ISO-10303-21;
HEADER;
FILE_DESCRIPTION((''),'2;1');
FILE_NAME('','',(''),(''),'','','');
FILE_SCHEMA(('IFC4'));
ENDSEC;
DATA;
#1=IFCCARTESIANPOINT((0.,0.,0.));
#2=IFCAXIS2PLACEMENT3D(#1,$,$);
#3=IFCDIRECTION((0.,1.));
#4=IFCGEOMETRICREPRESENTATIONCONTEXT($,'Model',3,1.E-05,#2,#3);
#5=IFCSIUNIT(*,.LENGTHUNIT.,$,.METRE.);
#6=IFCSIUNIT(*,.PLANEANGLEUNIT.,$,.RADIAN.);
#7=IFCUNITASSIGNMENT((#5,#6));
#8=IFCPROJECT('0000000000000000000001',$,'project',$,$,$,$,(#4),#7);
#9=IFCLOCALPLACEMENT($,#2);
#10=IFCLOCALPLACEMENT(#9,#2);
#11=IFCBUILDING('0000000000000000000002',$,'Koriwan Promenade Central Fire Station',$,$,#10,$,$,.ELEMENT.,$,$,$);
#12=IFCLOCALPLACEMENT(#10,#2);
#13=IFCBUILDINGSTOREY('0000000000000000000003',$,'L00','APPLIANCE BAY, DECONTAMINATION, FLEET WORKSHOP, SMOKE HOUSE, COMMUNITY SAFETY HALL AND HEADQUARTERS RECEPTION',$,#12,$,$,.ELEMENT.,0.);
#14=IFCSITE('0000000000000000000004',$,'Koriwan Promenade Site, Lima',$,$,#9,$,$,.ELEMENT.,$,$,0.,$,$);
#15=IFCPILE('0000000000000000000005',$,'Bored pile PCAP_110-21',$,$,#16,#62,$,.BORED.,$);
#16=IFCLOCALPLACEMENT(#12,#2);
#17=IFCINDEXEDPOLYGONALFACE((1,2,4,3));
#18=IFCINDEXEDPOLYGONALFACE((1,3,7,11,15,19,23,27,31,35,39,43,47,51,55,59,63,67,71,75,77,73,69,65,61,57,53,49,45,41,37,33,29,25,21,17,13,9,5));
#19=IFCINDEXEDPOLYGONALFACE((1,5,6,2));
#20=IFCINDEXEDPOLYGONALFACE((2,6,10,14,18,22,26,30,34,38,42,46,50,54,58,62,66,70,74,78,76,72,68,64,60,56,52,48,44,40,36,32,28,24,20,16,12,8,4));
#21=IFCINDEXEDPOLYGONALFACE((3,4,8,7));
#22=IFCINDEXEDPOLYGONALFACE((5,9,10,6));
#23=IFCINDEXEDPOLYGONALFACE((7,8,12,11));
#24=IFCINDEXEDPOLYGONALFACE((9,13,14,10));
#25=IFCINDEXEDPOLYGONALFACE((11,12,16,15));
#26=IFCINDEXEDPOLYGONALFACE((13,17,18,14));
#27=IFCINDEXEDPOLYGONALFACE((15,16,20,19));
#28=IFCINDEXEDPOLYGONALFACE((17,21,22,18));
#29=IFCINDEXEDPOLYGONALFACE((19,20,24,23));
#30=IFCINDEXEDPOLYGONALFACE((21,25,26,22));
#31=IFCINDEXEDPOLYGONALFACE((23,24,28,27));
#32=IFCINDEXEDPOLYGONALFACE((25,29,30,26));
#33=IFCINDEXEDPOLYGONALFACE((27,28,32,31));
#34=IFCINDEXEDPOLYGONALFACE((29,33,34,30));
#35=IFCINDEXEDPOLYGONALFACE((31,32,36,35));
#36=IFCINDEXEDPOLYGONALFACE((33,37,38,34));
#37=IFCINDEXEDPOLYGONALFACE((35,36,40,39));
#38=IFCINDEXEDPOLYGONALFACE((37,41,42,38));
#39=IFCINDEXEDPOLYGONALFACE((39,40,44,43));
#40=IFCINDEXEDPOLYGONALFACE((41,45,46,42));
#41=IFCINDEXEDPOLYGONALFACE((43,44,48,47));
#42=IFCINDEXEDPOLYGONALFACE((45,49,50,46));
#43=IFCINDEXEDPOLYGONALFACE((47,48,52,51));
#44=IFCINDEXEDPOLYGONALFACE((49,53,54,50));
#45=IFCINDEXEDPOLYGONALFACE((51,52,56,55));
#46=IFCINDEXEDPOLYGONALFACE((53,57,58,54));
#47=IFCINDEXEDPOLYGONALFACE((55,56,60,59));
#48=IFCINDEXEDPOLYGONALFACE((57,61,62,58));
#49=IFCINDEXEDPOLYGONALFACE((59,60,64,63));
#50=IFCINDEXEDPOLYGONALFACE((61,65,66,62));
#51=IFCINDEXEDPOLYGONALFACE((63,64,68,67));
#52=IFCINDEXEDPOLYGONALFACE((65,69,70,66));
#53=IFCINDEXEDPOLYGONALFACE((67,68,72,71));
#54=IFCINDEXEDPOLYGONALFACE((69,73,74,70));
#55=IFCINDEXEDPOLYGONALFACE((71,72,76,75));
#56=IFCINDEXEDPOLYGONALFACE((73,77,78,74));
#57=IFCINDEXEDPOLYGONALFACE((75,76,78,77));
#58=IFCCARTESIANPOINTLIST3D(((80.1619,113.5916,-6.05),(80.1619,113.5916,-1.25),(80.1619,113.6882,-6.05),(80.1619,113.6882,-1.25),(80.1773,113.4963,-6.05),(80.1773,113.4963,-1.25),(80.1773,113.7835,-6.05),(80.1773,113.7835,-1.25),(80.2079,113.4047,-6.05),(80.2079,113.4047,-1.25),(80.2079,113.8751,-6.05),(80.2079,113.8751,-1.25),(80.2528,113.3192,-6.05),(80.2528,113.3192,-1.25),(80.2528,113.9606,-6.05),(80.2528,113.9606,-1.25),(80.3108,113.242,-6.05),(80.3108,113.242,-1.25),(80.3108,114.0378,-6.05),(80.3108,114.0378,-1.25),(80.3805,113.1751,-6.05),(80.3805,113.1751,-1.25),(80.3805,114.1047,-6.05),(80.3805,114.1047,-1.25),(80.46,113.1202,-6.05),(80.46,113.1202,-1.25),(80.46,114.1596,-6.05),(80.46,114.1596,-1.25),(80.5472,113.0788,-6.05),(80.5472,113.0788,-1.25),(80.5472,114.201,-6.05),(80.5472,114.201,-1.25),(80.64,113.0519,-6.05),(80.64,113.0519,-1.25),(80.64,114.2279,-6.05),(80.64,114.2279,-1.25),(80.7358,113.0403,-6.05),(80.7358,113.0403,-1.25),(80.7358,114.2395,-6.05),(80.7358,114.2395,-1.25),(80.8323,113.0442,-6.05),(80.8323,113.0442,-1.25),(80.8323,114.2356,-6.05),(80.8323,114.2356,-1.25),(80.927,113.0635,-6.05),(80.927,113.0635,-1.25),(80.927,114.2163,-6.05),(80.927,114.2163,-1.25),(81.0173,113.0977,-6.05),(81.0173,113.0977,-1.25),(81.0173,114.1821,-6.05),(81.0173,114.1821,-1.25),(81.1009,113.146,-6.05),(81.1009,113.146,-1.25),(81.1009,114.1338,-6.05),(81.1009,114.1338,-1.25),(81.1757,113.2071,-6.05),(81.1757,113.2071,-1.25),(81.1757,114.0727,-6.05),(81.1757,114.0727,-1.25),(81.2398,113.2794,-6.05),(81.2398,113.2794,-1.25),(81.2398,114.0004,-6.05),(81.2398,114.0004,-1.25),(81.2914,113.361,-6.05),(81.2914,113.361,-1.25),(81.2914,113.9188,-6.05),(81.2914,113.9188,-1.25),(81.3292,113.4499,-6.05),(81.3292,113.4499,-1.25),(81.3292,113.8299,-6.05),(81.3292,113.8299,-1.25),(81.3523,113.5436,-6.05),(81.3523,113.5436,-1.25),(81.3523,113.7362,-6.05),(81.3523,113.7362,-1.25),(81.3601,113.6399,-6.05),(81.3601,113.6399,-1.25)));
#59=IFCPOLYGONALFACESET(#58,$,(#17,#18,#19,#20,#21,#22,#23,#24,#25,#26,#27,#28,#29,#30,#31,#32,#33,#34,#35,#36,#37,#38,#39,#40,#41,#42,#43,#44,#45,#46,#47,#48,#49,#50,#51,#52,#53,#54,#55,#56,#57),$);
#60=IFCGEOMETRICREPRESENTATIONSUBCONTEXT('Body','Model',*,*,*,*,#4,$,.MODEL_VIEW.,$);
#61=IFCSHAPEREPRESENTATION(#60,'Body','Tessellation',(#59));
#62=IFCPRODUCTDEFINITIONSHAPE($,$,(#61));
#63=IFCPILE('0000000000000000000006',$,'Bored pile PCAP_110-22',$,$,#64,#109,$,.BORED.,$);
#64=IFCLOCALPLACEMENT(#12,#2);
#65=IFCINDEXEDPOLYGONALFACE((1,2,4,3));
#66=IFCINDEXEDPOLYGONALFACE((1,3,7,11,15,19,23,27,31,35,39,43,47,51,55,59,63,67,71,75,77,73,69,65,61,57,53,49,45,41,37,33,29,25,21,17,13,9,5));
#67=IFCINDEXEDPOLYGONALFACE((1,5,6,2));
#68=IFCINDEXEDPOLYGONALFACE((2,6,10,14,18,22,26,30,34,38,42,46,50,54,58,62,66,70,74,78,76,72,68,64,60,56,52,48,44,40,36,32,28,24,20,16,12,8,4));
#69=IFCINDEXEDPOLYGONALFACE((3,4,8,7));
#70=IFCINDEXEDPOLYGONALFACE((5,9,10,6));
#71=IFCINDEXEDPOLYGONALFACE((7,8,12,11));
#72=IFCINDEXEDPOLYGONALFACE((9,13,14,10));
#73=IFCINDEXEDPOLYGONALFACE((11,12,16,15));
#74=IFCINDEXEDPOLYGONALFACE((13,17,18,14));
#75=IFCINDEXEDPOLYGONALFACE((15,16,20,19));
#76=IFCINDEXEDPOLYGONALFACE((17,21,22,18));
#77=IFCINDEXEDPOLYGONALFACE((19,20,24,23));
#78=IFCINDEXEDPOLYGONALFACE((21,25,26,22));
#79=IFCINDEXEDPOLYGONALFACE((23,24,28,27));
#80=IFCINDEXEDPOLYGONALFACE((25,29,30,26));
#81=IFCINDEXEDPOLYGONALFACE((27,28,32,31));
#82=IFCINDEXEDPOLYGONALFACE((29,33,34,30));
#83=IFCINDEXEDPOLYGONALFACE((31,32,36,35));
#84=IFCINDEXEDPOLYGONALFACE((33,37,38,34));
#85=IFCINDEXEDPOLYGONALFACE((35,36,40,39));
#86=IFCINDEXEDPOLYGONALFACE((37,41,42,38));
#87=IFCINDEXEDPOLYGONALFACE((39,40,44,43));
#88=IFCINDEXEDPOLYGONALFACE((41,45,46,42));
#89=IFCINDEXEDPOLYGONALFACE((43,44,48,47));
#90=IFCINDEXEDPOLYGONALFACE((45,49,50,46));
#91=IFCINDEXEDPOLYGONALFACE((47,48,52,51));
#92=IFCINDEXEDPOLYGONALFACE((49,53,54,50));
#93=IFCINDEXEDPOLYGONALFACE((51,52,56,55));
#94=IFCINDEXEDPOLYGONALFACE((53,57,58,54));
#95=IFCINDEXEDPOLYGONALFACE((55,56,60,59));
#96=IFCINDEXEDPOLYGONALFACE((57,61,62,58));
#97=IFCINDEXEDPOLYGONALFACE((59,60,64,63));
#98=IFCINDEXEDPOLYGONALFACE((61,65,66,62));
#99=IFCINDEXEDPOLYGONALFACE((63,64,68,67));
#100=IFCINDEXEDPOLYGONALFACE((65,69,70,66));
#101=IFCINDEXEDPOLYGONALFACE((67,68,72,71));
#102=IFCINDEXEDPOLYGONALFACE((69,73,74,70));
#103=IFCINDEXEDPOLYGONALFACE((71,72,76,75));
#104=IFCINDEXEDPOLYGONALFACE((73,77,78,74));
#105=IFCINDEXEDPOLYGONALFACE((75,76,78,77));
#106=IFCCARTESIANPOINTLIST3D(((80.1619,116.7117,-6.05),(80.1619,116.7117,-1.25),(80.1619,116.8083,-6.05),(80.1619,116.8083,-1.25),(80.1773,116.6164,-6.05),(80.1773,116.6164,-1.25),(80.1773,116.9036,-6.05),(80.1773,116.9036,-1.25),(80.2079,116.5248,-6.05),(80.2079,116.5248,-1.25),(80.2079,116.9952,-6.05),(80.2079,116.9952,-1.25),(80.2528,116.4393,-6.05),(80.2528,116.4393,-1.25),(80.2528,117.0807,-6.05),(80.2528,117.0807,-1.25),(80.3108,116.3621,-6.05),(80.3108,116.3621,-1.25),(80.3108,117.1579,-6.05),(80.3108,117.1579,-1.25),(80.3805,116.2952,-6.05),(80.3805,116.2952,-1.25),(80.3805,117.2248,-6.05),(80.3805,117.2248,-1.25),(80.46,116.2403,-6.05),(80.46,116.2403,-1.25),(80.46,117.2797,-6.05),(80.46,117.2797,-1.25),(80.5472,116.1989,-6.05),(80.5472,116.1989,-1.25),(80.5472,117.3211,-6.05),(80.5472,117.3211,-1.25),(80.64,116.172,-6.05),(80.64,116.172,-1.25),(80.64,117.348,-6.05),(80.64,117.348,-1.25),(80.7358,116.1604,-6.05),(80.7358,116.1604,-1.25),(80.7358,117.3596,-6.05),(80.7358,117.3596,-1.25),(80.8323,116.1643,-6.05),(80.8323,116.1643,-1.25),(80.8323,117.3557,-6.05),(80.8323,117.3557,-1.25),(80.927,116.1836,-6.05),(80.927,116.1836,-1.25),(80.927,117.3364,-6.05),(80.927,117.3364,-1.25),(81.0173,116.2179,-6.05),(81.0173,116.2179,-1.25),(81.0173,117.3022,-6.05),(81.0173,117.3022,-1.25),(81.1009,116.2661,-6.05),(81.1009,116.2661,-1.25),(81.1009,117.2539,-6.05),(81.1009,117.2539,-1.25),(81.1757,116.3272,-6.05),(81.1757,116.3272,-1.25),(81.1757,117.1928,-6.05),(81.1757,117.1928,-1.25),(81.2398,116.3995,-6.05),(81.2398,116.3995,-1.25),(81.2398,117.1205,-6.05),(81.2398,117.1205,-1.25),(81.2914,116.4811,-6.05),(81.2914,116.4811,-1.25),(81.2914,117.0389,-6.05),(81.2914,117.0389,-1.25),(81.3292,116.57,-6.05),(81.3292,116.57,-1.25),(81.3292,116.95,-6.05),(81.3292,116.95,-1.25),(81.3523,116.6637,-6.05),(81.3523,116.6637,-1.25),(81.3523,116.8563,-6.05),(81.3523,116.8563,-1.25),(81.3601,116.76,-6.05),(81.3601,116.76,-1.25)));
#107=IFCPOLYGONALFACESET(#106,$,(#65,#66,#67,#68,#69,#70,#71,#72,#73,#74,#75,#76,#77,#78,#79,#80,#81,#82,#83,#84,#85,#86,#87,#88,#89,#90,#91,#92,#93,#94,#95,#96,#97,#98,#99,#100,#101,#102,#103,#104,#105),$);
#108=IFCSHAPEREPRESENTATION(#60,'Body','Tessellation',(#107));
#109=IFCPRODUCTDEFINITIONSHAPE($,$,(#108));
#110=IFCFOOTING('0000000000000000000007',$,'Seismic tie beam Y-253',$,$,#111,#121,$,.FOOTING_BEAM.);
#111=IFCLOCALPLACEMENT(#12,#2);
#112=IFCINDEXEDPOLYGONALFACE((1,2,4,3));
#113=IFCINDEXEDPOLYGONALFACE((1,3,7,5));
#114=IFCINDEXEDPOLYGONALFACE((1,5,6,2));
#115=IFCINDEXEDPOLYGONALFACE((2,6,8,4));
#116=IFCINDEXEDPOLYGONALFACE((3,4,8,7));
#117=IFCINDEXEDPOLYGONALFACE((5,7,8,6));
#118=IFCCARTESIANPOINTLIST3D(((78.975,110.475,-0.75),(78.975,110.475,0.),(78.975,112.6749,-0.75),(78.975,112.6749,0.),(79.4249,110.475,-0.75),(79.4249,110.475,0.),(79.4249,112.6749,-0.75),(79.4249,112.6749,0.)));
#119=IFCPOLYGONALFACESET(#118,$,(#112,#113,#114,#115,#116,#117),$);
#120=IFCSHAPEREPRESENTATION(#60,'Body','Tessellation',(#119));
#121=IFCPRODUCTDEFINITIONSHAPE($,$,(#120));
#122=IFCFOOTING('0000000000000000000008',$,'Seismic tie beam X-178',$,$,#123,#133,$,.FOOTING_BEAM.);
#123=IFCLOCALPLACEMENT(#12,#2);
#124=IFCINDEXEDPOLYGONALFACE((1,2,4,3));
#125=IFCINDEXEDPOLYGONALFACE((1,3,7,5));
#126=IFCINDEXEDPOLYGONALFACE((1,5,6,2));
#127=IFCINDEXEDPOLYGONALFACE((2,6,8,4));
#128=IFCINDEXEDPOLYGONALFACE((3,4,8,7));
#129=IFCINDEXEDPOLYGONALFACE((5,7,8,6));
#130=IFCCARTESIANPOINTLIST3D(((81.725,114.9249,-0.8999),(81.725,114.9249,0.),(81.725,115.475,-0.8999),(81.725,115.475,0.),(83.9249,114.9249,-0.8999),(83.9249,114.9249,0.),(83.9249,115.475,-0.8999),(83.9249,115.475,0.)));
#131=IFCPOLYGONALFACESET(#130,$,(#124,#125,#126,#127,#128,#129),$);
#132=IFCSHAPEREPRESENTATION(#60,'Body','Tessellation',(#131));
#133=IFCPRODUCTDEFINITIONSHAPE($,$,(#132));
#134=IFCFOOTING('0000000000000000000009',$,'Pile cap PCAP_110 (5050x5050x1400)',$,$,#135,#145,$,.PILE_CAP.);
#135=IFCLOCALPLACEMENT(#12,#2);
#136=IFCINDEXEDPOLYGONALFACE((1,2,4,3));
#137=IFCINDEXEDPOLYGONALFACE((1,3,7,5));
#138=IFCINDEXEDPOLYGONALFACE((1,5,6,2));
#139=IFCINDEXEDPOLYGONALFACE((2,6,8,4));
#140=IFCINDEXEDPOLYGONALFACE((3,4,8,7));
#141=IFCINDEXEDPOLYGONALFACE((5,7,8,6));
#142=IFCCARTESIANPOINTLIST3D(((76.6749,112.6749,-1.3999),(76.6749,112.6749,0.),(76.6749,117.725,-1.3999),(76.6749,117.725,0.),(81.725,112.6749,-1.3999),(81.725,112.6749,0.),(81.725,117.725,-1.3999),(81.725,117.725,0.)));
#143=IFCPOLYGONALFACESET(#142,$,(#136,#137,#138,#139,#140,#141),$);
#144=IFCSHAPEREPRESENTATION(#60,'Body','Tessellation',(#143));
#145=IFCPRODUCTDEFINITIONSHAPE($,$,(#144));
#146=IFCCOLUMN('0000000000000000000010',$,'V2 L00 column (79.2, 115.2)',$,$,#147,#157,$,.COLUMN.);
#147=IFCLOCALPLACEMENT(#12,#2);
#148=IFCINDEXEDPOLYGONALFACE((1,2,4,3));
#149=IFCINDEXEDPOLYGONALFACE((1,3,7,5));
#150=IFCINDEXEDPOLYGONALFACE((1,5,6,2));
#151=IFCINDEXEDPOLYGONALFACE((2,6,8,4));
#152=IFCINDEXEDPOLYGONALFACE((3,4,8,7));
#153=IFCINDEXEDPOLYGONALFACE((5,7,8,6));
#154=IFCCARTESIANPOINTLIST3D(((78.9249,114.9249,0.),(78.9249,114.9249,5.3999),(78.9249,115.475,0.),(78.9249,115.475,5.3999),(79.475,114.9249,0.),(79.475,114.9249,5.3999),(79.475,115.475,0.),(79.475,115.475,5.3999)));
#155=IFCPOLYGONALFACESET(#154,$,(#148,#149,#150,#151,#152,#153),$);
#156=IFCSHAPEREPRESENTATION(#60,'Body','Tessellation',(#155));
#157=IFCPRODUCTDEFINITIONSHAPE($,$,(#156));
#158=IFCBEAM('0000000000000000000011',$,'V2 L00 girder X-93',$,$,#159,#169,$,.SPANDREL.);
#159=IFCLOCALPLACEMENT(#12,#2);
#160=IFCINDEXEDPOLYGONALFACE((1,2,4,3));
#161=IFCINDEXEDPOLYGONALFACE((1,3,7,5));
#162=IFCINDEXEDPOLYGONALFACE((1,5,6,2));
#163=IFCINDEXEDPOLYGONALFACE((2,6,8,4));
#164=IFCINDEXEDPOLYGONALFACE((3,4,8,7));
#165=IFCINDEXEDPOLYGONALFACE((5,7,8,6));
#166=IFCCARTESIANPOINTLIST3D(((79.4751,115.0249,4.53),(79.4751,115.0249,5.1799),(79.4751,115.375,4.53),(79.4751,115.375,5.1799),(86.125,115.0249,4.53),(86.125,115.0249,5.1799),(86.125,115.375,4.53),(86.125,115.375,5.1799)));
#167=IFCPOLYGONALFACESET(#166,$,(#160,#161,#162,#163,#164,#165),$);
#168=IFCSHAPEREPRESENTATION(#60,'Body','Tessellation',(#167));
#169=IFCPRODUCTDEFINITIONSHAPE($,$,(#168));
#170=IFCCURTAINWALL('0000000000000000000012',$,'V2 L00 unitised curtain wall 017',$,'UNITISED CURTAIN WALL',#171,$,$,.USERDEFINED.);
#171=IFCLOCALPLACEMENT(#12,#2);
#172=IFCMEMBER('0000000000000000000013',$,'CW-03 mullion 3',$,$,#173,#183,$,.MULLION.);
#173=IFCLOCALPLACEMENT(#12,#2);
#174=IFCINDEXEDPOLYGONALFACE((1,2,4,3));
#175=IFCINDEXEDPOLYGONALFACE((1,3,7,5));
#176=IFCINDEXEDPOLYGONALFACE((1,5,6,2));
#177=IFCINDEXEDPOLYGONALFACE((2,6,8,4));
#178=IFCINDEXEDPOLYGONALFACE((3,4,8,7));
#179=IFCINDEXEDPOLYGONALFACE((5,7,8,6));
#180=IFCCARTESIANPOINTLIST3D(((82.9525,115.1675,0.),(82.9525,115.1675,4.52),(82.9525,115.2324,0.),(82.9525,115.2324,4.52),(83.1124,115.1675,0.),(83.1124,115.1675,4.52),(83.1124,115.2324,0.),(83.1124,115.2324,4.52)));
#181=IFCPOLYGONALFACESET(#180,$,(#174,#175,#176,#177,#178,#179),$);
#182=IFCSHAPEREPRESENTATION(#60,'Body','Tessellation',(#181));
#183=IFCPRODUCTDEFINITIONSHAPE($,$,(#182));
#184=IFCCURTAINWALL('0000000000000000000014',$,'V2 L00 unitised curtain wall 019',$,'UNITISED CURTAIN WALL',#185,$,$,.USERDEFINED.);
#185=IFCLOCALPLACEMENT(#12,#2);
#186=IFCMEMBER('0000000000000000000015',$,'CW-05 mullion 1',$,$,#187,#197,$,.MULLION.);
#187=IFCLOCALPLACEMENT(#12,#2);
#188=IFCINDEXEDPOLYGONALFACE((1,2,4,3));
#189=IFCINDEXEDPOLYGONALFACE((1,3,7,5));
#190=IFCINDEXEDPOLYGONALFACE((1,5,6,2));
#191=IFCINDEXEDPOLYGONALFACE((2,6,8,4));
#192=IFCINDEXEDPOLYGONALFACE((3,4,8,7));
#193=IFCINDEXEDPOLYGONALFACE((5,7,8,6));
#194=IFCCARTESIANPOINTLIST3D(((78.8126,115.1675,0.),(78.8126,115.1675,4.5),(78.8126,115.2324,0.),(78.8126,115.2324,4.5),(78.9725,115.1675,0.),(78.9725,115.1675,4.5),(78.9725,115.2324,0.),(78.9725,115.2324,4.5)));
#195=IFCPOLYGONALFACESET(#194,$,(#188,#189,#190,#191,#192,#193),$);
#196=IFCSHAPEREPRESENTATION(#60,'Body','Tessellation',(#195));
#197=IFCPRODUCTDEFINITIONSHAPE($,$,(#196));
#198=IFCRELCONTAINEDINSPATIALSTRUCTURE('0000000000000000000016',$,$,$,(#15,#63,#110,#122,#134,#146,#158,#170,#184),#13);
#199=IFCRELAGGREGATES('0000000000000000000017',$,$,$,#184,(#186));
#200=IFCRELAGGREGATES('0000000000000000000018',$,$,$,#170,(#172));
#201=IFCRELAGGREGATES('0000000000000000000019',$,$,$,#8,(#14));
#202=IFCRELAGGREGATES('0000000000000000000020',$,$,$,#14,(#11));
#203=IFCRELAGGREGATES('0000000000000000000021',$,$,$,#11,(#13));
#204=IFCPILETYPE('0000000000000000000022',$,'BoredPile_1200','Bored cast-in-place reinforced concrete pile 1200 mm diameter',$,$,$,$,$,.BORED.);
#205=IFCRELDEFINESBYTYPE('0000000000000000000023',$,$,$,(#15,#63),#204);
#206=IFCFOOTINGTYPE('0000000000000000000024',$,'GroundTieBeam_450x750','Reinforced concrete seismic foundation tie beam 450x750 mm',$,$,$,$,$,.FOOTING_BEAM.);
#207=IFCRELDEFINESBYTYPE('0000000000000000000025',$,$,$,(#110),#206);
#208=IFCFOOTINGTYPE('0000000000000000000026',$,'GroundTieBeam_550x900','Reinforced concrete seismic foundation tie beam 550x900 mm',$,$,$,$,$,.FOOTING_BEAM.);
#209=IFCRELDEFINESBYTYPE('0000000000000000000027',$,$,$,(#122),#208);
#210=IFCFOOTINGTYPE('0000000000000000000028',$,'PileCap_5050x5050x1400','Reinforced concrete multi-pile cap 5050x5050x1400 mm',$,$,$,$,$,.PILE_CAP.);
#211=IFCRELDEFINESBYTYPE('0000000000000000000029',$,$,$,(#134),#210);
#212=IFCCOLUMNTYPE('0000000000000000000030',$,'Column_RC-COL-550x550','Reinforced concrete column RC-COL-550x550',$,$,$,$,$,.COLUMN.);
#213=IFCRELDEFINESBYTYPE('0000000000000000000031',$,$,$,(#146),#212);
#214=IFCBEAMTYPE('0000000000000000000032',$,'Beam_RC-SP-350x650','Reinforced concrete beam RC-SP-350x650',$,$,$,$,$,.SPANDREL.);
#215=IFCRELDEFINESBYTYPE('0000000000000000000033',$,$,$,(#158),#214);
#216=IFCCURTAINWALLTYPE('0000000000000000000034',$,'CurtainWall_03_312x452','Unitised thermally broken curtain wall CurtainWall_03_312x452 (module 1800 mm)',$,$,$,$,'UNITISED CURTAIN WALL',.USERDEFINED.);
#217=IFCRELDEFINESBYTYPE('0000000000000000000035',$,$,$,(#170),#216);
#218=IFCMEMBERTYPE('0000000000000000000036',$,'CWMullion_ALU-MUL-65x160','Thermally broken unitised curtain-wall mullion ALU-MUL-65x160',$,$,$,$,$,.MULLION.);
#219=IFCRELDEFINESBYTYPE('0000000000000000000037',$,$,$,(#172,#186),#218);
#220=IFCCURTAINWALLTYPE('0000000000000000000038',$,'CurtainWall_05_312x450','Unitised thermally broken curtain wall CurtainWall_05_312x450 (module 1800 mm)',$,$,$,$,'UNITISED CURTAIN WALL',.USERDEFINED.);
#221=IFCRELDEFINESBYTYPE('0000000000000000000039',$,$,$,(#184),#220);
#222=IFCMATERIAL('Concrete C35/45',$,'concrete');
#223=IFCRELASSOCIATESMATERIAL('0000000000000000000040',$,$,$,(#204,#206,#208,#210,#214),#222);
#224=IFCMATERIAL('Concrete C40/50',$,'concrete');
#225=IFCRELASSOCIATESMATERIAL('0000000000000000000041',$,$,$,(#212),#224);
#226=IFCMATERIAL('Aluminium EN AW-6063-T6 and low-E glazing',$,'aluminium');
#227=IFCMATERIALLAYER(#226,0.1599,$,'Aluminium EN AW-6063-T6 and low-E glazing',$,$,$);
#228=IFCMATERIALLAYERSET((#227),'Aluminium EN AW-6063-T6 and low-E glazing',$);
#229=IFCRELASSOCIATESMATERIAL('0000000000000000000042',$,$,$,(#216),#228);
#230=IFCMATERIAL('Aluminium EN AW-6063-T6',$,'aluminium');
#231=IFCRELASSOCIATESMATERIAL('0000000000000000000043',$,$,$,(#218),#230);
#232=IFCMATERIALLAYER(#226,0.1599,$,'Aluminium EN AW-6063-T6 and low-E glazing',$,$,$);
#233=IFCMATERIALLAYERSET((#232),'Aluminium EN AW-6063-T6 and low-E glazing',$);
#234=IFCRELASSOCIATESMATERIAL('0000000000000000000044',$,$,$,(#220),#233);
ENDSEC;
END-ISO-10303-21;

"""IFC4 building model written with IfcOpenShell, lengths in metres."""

from ifc_helpers import new_model, si_unit, direction, frame, origin, origin_2d, place, context, subcontext, project, spatial, rectangle, circle, extrude, material, layer, layer_set, material_profile, profile_set, type_object, element, aggregate, save


model = new_model("IFC4")

# Units and contexts
model_context = context("Model", 3, precision=1e-05, world=origin(), true_north=direction((0.0, 1.0)))
body_context = subcontext(model_context, "Body", "Model", "MODEL_VIEW")
ifc_project = project(units=[si_unit("LENGTHUNIT", "METRE"), si_unit("PLANEANGLEUNIT", "RADIAN")], contexts=[model_context])

# Site, building, storey
site_placement = place(None, origin())
site = spatial("IfcSite", under=ifc_project, at=site_placement, Name="Koriwan Promenade Site, Lima", CompositionType="ELEMENT", RefElevation=0.0)
building_placement = place(site_placement, origin())
building = spatial("IfcBuilding", under=site, at=building_placement, Name="Koriwan Promenade Central Fire Station", CompositionType="ELEMENT")
storey_placement = place(building_placement, origin())
storey = spatial("IfcBuildingStorey", under=building, at=storey_placement, Name="L00", Description="APPLIANCE BAY, DECONTAMINATION, FLEET WORKSHOP, SMOKE HOUSE, COMMUNITY SAFETY HALL AND HEADQUARTERS RECEPTION", CompositionType="ELEMENT", Elevation=0.0)

# Piles
ifc_material_1 = material(Name="Concrete C35/45", Category="concrete")
ifc_material_profile_1 = material_profile(ifc_material_1, circle(Radius=0.6001, at=origin_2d()), Name="PILE-D1200")
ifc_profile_set_1 = profile_set([ifc_material_profile_1], Name="Concrete C35/45")
pile_type = type_object("IfcPileType", Name="BoredPile_1200", Description="Bored cast-in-place reinforced concrete pile 1200 mm diameter", PredefinedType="BORED", material=ifc_profile_set_1)
for number, where, z_axis, x_axis, name in (
    (1, (80.76, 113.6399, -1.25), (0.0, 0.0, -1.0), (1.0, 0.0, 0.0), "Bored pile PCAP_110-21"),
    (2, (80.76, 116.76, -1.25), (0.0, 0.0, -1.0), (1.0, 0.0, 0.0), "Bored pile PCAP_110-22"),
):
    element("IfcPile", number, at=place(storey_placement, frame(where, z_axis=z_axis, x_axis=x_axis)), inside=storey, type_object=pile_type, Name=name, PredefinedType="BORED", context=body_context, shape_type="SweptSolid", body=[
        extrude(circle(Radius=0.6001, at=origin_2d()), origin(), (0.0, 0.0, 1.0), 4.8),
    ])

# Footings
footing_type_1 = type_object("IfcFootingType", Name="GroundTieBeam_450x750", Description="Reinforced concrete seismic foundation tie beam 450x750 mm", PredefinedType="FOOTING_BEAM", material=ifc_material_1)
footing_1_placement = place(storey_placement, frame((79.2, 111.575, -0.75), z_axis=(0.0, 0.0, 1.0), x_axis=(0.0, 1.0, 0.0)))
element("IfcFooting", 3, at=footing_1_placement, inside=storey, type_object=footing_type_1, Name="Seismic tie beam Y-253", PredefinedType="FOOTING_BEAM", context=body_context, shape_type="SweptSolid", body=[
    extrude(rectangle(XDim=2.2, YDim=0.45, at=origin_2d()), origin(), (0.0, 0.0, 1.0), 0.75),
])
footing_type_2 = type_object("IfcFootingType", Name="GroundTieBeam_550x900", Description="Reinforced concrete seismic foundation tie beam 550x900 mm", PredefinedType="FOOTING_BEAM", material=ifc_material_1)
footing_2_placement = place(storey_placement, frame((82.825, 115.2, -0.8999), z_axis=(0.0, 0.0, 1.0), x_axis=(1.0, 0.0, 0.0)))
element("IfcFooting", 4, at=footing_2_placement, inside=storey, type_object=footing_type_2, Name="Seismic tie beam X-178", PredefinedType="FOOTING_BEAM", context=body_context, shape_type="SweptSolid", body=[
    extrude(rectangle(XDim=2.2, YDim=0.55, at=origin_2d()), origin(), (0.0, 0.0, 1.0), 0.8999),
])
footing_type_3 = type_object("IfcFootingType", Name="PileCap_5050x5050x1400", Description="Reinforced concrete multi-pile cap 5050x5050x1400 mm", PredefinedType="PILE_CAP", material=ifc_material_1)
footing_3_placement = place(storey_placement, frame((79.2, 115.2, -1.3999), z_axis=(0.0, 0.0, 1.0), x_axis=(1.0, 0.0, 0.0)))
element("IfcFooting", 5, at=footing_3_placement, inside=storey, type_object=footing_type_3, Name="Pile cap PCAP_110 (5050x5050x1400)", PredefinedType="PILE_CAP", context=body_context, shape_type="SweptSolid", body=[
    extrude(rectangle(XDim=5.05, YDim=5.05, at=origin_2d()), origin(), (0.0, 0.0, 1.0), 1.3999),
])

# Column
ifc_material_2 = material(Name="Concrete C40/50", Category="concrete")
ifc_material_profile_2 = material_profile(ifc_material_2, rectangle(XDim=0.55, YDim=0.55, at=origin_2d()), Name="RC-COL-550x550")
ifc_profile_set_2 = profile_set([ifc_material_profile_2], Name="Concrete C40/50")
column_type = type_object("IfcColumnType", Name="Column_RC-COL-550x550", Description="Reinforced concrete column RC-COL-550x550", PredefinedType="COLUMN", material=ifc_profile_set_2)
column_placement = place(storey_placement, frame((79.2, 115.2, 0.0), z_axis=(0.0, 0.0, 1.0), x_axis=(1.0, 0.0, 0.0)))
element("IfcColumn", 6, at=column_placement, inside=storey, type_object=column_type, Name="V2 L00 column (79.2, 115.2)", PredefinedType="COLUMN", context=body_context, shape_type="SweptSolid", body=[
    extrude(rectangle(XDim=0.55, YDim=0.55, at=origin_2d()), origin(), (0.0, 0.0, 1.0), 5.3999),
])

# Beam
ifc_material_profile_3 = material_profile(ifc_material_1, rectangle(XDim=0.3501, YDim=0.6499, at=origin_2d()), Name="RC-SP-350x650")
ifc_profile_set_3 = profile_set([ifc_material_profile_3], Name="Concrete C35/45")
beam_type = type_object("IfcBeamType", Name="Beam_RC-SP-350x650", Description="Reinforced concrete beam RC-SP-350x650", PredefinedType="SPANDREL", material=ifc_profile_set_3)
beam_placement = place(storey_placement, frame((79.4751, 115.2, 4.855), z_axis=(1.0, 0.0, 0.0), x_axis=(0.0, 1.0, 0.0)))
element("IfcBeam", 7, at=beam_placement, inside=storey, type_object=beam_type, Name="V2 L00 girder X-93", PredefinedType="SPANDREL", context=body_context, shape_type="SweptSolid", body=[
    extrude(rectangle(XDim=0.3501, YDim=0.6499, at=origin_2d()), origin(), (0.0, 0.0, 1.0), 6.6499),
])

# Curtain walls, members
ifc_material_3 = material(Name="Aluminium EN AW-6063-T6 and low-E glazing", Category="aluminium")
ifc_layer_1 = layer(ifc_material_3, 0.1599, Name="Aluminium EN AW-6063-T6 and low-E glazing")
ifc_layer_set_1 = layer_set([ifc_layer_1], Name="Aluminium EN AW-6063-T6 and low-E glazing")
curtain_wall_type_1 = type_object("IfcCurtainWallType", Name="CurtainWall_03_312x452", Description="Unitised thermally broken curtain wall CurtainWall_03_312x452 (module 1800 mm)", ElementType="UNITISED CURTAIN WALL", PredefinedType="USERDEFINED", material=ifc_layer_set_1)
curtain_wall_1_placement = place(storey_placement, origin())
curtain_wall_1 = element("IfcCurtainWall", 8, at=curtain_wall_1_placement, inside=storey, type_object=curtain_wall_type_1, Name="V2 L00 unitised curtain wall 017", ObjectType="UNITISED CURTAIN WALL", PredefinedType="USERDEFINED")
ifc_material_4 = material(Name="Aluminium EN AW-6063-T6", Category="aluminium")
ifc_material_profile_4 = material_profile(ifc_material_4, rectangle(XDim=0.0649, YDim=0.1599, at=origin_2d()), Name="ALU-MUL-65x160")
ifc_profile_set_4 = profile_set([ifc_material_profile_4], Name="Aluminium EN AW-6063-T6")
member_type_1 = type_object("IfcMemberType", Name="CWMullion_ALU-MUL-65x160", Description="Thermally broken unitised curtain-wall mullion ALU-MUL-65x160", PredefinedType="MULLION", material=ifc_profile_set_4)
member_1_placement = place(storey_placement, frame((83.0325, 115.2, 0.0), z_axis=(0.0, 0.0, 1.0), x_axis=(0.0, -1.0, 0.0)))
member_1 = element("IfcMember", 9, at=member_1_placement, type_object=member_type_1, Name="CW-03 mullion 3", PredefinedType="MULLION", context=body_context, shape_type="SweptSolid", body=[
    extrude(rectangle(XDim=0.0649, YDim=0.1599, at=origin_2d()), origin(), (0.0, 0.0, 1.0), 4.52),
])
ifc_layer_2 = layer(ifc_material_3, 0.1599, Name="Aluminium EN AW-6063-T6 and low-E glazing")
ifc_layer_set_2 = layer_set([ifc_layer_2], Name="Aluminium EN AW-6063-T6 and low-E glazing")
curtain_wall_type_2 = type_object("IfcCurtainWallType", Name="CurtainWall_05_312x450", Description="Unitised thermally broken curtain wall CurtainWall_05_312x450 (module 1800 mm)", ElementType="UNITISED CURTAIN WALL", PredefinedType="USERDEFINED", material=ifc_layer_set_2)
curtain_wall_2_placement = place(storey_placement, origin())
curtain_wall_2 = element("IfcCurtainWall", 10, at=curtain_wall_2_placement, inside=storey, type_object=curtain_wall_type_2, Name="V2 L00 unitised curtain wall 019", ObjectType="UNITISED CURTAIN WALL", PredefinedType="USERDEFINED")
member_2_placement = place(storey_placement, frame((78.8926, 115.2, 0.0), z_axis=(0.0, 0.0, 1.0), x_axis=(0.0, -1.0, 0.0)))
member_2 = element("IfcMember", 11, at=member_2_placement, type_object=member_type_1, Name="CW-05 mullion 1", PredefinedType="MULLION", context=body_context, shape_type="SweptSolid", body=[
    extrude(rectangle(XDim=0.0649, YDim=0.1599, at=origin_2d()), origin(), (0.0, 0.0, 1.0), 4.5),
])

aggregate(curtain_wall_2, [member_2])

aggregate(curtain_wall_1, [member_1])

save(model, "model.ifc")
